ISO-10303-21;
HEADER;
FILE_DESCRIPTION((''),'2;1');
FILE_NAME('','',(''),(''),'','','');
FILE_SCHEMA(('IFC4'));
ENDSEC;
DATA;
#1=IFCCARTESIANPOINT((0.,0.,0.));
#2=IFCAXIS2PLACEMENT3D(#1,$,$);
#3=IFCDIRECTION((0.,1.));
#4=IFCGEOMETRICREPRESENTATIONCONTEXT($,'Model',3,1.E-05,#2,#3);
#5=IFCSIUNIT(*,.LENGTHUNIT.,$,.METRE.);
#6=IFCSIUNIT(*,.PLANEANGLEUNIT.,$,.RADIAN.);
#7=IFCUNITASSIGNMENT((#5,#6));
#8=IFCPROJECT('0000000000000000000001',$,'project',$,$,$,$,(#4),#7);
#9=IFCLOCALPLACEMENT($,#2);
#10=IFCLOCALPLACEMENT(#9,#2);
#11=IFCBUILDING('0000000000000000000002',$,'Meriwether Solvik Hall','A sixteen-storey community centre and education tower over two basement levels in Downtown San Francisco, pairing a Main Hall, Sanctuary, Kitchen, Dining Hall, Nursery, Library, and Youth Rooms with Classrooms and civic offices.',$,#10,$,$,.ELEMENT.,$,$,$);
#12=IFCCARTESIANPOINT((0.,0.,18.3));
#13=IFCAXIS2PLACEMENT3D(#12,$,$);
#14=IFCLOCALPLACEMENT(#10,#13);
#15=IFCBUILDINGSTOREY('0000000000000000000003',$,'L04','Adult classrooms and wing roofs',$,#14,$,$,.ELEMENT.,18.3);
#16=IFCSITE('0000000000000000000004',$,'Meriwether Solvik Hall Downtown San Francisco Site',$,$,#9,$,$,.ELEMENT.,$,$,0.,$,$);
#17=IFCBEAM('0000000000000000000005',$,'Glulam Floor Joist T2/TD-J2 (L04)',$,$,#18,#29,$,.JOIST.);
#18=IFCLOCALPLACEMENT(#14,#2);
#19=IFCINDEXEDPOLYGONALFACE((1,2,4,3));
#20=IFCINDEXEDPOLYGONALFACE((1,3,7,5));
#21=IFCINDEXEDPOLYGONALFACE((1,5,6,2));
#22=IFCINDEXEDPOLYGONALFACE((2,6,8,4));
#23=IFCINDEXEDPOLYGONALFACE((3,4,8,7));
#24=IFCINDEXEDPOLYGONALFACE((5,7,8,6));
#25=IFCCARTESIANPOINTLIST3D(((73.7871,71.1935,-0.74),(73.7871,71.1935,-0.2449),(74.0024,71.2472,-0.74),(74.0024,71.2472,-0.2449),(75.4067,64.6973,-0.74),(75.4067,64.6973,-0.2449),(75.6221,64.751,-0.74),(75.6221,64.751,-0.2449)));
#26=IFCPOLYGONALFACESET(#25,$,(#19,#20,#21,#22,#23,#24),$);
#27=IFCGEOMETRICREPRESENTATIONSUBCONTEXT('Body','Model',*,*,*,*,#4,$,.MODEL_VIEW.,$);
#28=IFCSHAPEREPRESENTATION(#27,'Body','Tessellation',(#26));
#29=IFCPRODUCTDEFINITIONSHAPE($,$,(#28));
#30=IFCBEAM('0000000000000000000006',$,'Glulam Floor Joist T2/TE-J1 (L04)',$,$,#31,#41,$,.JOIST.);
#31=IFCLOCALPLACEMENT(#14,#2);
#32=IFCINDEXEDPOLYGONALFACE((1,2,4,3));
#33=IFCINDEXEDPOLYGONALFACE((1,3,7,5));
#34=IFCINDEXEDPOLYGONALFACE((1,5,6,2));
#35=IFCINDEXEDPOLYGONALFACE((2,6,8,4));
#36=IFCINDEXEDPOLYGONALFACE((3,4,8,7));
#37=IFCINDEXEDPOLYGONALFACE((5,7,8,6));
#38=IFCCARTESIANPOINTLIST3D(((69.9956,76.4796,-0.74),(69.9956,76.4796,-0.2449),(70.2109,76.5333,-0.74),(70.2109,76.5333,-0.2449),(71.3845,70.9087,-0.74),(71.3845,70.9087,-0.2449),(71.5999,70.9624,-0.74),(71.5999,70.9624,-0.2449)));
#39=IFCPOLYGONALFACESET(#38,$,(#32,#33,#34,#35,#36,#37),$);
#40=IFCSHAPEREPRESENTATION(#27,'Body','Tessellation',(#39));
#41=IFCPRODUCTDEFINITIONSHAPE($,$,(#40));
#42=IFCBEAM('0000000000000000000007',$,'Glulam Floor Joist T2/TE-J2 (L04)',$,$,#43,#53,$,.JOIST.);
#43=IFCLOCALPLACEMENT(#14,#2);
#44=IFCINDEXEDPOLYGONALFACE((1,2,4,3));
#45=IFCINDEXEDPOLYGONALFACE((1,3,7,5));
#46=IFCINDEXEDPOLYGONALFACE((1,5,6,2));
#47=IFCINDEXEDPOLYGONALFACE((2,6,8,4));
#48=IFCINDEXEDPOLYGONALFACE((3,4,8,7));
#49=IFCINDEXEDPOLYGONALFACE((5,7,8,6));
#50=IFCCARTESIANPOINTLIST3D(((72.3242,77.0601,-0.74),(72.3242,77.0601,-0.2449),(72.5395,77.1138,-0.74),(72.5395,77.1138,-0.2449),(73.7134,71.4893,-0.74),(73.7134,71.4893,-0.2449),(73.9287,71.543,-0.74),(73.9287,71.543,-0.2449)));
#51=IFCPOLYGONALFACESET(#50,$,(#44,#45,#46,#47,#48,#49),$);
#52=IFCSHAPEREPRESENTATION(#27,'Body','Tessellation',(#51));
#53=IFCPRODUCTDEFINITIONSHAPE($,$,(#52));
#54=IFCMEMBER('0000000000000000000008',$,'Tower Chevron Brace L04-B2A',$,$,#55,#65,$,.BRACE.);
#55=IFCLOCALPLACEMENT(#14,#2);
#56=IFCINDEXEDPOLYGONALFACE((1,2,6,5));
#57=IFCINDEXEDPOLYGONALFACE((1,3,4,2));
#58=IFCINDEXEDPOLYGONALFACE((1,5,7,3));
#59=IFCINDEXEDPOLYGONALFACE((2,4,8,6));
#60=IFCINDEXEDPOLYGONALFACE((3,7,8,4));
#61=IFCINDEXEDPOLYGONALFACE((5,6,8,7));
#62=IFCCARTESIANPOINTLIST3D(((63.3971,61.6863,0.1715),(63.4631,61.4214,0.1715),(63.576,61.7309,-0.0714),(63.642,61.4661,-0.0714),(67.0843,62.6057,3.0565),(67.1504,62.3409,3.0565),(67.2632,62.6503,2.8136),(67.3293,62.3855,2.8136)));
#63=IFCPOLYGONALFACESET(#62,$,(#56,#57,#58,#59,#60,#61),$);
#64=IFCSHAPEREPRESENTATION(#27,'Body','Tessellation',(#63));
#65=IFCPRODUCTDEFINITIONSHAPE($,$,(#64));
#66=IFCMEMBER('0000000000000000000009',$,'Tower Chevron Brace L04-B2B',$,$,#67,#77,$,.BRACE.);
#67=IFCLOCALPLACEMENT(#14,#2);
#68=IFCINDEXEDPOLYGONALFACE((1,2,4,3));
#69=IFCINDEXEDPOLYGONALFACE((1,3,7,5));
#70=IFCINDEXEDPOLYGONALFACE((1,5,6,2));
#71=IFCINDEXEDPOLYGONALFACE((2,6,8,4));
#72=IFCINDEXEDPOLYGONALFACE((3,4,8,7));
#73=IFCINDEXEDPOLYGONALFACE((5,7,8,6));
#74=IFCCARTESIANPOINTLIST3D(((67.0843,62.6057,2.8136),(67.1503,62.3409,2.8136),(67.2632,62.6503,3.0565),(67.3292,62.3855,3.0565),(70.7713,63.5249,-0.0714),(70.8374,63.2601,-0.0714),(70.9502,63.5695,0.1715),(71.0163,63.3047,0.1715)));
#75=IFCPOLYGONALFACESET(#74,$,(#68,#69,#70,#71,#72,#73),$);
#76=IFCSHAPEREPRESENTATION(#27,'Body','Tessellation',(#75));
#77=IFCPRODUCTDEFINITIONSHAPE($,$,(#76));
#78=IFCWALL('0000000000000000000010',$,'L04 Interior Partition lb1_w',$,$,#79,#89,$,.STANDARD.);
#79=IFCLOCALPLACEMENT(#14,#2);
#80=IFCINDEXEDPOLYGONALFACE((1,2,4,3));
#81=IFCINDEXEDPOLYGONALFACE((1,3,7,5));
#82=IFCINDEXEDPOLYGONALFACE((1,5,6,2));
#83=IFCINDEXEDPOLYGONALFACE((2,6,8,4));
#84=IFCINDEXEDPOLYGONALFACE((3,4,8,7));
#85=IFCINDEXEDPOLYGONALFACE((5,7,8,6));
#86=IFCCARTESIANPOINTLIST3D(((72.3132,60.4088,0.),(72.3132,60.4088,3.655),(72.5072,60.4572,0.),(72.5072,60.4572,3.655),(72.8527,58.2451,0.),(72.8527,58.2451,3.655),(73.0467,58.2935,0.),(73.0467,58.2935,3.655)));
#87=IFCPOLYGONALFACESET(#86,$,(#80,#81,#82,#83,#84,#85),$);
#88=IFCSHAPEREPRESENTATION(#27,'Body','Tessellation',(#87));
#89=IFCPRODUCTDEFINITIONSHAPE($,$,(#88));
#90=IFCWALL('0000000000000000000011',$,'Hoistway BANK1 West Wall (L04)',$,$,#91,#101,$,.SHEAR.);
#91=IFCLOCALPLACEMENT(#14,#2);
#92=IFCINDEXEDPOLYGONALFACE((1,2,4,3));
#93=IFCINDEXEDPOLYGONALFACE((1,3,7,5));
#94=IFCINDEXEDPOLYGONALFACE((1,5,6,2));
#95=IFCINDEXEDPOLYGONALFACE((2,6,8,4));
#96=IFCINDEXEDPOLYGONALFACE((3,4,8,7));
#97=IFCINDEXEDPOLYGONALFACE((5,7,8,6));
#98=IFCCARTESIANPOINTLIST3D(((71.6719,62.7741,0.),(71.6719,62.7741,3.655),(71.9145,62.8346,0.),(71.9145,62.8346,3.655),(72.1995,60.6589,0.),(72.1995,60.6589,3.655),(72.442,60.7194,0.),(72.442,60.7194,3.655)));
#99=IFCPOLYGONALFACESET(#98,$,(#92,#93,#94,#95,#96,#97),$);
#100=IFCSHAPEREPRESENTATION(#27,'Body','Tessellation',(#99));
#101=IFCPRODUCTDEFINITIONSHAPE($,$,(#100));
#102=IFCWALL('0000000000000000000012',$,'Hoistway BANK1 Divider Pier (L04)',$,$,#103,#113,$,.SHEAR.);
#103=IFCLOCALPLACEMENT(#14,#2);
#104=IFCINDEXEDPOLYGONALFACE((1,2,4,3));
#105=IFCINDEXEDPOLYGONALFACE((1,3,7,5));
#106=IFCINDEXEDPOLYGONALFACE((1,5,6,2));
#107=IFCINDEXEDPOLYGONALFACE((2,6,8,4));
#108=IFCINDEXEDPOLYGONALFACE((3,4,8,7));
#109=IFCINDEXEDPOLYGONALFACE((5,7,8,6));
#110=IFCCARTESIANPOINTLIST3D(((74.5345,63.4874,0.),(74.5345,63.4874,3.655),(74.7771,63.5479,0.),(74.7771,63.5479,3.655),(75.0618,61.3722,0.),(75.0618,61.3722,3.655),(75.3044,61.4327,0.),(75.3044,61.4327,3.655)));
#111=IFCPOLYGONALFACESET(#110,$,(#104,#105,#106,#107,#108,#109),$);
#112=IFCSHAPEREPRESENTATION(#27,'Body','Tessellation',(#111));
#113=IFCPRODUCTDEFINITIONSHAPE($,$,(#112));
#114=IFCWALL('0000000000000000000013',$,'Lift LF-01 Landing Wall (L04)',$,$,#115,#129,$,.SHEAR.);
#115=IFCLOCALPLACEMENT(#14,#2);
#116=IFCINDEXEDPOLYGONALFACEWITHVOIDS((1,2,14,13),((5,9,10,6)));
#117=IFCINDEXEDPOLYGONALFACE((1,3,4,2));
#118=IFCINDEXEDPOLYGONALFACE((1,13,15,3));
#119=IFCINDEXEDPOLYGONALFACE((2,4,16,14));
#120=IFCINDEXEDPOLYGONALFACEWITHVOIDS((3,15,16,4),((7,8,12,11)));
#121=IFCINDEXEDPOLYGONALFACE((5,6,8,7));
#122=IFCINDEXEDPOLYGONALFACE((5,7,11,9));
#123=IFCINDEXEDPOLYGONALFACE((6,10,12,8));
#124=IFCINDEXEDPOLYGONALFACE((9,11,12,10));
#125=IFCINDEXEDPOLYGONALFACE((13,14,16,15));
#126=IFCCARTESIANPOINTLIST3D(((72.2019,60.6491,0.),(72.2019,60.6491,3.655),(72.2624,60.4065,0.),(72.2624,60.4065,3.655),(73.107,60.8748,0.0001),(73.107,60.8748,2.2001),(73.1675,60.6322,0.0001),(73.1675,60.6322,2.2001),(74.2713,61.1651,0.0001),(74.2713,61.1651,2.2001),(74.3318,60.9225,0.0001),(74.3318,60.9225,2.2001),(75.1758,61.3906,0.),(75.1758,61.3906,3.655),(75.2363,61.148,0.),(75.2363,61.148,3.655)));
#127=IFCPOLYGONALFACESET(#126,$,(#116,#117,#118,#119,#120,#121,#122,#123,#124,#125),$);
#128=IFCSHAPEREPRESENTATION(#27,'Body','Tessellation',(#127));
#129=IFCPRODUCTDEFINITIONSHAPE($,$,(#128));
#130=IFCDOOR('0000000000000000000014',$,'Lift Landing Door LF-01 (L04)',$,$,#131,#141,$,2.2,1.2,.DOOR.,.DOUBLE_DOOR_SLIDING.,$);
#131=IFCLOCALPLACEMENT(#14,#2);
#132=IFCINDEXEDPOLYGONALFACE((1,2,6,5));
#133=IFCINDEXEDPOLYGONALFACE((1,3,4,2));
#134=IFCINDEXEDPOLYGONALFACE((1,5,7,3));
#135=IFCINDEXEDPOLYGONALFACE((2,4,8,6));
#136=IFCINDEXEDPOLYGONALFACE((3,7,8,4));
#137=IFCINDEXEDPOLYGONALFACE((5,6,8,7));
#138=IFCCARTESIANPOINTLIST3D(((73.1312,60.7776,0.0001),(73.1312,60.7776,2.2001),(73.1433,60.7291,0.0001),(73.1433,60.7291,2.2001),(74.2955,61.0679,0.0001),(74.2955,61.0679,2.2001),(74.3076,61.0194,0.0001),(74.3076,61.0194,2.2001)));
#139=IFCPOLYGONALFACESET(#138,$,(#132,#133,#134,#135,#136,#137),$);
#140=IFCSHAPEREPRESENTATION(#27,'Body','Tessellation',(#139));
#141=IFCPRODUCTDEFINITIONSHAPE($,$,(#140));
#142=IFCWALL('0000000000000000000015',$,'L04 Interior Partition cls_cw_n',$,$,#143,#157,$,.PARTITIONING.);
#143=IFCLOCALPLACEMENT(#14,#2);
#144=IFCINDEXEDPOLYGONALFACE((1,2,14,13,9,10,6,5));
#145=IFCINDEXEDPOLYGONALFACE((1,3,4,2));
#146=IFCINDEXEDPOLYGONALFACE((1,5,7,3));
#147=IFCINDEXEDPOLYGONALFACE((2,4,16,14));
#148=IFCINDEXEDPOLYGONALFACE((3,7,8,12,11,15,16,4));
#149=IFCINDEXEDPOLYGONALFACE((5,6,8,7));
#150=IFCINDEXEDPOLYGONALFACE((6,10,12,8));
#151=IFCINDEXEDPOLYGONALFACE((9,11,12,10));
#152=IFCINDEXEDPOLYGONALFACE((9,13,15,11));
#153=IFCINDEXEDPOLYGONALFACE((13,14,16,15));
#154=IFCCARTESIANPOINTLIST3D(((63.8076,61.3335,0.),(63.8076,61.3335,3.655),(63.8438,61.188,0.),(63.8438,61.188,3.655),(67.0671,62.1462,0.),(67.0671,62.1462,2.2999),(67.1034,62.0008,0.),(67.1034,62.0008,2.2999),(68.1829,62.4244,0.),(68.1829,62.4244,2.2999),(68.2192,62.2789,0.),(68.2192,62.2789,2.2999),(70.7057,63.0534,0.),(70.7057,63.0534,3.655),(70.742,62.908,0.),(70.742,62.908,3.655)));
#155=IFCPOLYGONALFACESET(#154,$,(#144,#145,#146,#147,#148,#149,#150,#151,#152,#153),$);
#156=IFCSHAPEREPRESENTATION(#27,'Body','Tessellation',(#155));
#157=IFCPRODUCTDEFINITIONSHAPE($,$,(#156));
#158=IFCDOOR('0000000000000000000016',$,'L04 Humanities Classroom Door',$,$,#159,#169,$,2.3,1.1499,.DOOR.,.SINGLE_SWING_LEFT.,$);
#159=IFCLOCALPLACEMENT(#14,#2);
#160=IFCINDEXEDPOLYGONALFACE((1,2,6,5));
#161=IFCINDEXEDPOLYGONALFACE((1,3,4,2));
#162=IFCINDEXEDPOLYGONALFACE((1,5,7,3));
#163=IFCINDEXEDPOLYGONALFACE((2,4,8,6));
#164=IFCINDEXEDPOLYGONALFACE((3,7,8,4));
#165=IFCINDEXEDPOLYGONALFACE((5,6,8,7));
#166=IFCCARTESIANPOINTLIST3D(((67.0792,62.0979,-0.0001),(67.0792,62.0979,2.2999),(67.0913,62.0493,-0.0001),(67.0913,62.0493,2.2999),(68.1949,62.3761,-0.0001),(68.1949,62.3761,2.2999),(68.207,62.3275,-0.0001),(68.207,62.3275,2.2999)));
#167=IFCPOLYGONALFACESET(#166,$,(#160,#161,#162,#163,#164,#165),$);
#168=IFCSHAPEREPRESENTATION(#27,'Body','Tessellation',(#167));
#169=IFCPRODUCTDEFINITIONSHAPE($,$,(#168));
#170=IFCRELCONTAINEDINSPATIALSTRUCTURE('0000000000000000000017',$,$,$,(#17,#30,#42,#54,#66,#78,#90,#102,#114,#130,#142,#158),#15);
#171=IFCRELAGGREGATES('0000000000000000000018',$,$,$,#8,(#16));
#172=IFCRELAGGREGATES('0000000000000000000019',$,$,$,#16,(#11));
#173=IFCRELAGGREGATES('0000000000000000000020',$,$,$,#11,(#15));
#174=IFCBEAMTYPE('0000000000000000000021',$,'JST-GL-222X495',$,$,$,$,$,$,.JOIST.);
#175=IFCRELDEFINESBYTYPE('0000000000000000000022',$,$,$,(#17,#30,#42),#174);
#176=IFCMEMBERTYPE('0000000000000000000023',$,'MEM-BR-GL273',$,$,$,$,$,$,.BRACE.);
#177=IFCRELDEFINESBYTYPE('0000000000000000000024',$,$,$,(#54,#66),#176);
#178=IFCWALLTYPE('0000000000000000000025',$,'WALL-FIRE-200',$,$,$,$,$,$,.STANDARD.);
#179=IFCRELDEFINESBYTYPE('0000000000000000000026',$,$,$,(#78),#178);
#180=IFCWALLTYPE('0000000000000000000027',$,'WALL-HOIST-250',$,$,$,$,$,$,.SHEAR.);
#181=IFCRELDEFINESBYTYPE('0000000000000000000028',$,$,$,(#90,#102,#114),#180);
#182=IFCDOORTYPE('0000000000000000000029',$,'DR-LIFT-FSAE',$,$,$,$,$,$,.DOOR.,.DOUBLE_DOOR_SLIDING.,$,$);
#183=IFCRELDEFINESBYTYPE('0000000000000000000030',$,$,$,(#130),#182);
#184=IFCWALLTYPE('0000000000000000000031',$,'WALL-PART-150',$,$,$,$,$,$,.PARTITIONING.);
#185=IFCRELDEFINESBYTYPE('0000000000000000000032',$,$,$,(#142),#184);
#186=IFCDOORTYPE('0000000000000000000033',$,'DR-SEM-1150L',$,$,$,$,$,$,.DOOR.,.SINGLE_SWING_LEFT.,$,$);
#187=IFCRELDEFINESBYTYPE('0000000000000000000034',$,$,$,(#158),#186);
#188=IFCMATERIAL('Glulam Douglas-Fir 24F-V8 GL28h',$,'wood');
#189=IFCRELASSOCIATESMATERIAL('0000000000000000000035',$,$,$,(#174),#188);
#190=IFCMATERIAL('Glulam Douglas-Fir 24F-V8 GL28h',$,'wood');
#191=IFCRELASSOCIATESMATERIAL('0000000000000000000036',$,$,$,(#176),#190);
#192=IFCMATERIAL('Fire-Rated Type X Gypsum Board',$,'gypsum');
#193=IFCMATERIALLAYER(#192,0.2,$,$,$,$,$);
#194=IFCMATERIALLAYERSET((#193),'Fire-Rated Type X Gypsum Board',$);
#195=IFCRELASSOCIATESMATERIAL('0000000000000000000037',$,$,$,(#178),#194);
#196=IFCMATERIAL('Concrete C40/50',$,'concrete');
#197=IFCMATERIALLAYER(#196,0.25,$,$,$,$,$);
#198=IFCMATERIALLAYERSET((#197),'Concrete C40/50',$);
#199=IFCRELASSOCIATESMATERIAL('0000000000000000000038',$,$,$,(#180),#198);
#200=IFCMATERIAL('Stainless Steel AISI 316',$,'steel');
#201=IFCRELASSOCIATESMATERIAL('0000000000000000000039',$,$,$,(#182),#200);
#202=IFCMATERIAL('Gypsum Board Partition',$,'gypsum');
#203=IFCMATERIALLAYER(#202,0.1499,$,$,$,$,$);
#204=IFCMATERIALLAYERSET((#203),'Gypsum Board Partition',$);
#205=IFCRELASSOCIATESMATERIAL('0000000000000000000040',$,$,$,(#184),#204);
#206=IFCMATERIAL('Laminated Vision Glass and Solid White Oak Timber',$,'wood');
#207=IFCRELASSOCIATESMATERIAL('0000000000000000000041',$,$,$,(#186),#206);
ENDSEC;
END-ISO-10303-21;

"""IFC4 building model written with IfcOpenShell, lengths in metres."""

from ifc_helpers import new_model, si_unit, direction, frame, frame_2d, origin, origin_2d, place, context, subcontext, project, spatial, rectangle, extrude, material, layer, layer_set, material_profile, profile_set, type_object, element, fill, save


model = new_model("IFC4")

# Units and contexts
model_context = context("Model", 3, precision=1e-05, world=origin(), true_north=direction((0.0, 1.0)))
body_context = subcontext(model_context, "Body", "Model", "MODEL_VIEW")
ifc_project = project(units=[si_unit("LENGTHUNIT", "METRE"), si_unit("PLANEANGLEUNIT", "RADIAN")], contexts=[model_context])

# Site, building, storey
site_placement = place(None, origin())
site = spatial("IfcSite", under=ifc_project, at=site_placement, Name="Meriwether Solvik Hall Downtown San Francisco Site", CompositionType="ELEMENT", RefElevation=0.0)
building_placement = place(site_placement, origin())
building = spatial("IfcBuilding", under=site, at=building_placement, Name="Meriwether Solvik Hall", Description="A sixteen-storey community centre and education tower over two basement levels in Downtown San Francisco, pairing a Main Hall, Sanctuary, Kitchen, Dining Hall, Nursery, Library, and Youth Rooms with Classrooms and civic offices.", CompositionType="ELEMENT")
storey_placement = place(building_placement, frame((0.0, 0.0, 18.3)))
storey = spatial("IfcBuildingStorey", under=building, at=storey_placement, Name="L04", Description="Adult classrooms and wing roofs", CompositionType="ELEMENT", Elevation=18.3)

# Beams
ifc_material_1 = material(Name="Glulam Douglas-Fir 24F-V8 GL28h", Category="wood")
ifc_material_profile_1 = material_profile(ifc_material_1, rectangle(XDim=0.2219, YDim=0.4951, at=origin_2d()), Name="GLJ-222X495")
ifc_profile_set_1 = profile_set([ifc_material_profile_1], Name="Glulam Douglas-Fir 24F-V8 GL28h")
beam_type_1 = type_object("IfcBeamType", Name="JST-GL-222X495", PredefinedType="JOIST", material=ifc_profile_set_1)
beam_1_placement = place(storey_placement, frame((75.5144, 64.7241, -0.4924), z_axis=(-0.241918, 0.970297, 0.0), x_axis=(-0.970297, -0.241918, 0.0)))
element("IfcBeam", 1, at=beam_1_placement, inside=storey, type_object=beam_type_1, Name="Glulam Floor Joist T2/TD-J2 (L04)", PredefinedType="JOIST", context=body_context, shape_type="SweptSolid", body=[
    extrude(rectangle(XDim=0.2219, YDim=0.4951, at=origin_2d()), origin(), (0.0, 0.0, 1.0), 6.6951),
])
for number, where, z_axis, x_axis, name in (
    (2, (71.4922, 70.9355, -0.4924), (-0.241915, 0.970297, 0.0), (-0.970297, -0.241915, 0.0), "Glulam Floor Joist T2/TE-J1 (L04)"),
    (3, (73.821, 71.5161, -0.4924), (-0.241955, 0.970287, 0.0), (-0.970287, -0.241955, 0.0), "Glulam Floor Joist T2/TE-J2 (L04)"),
):
    element("IfcBeam", number, at=place(storey_placement, frame(where, z_axis=z_axis, x_axis=x_axis)), inside=storey, type_object=beam_type_1, Name=name, PredefinedType="JOIST", context=body_context, shape_type="SweptSolid", body=[
        extrude(rectangle(XDim=0.2219, YDim=0.4951, at=origin_2d()), origin(), (0.0, 0.0, 1.0), 5.7415),
    ])

# Members
ifc_material_2 = material(Name="Glulam Douglas-Fir 24F-V8 GL28h", Category="wood")
ifc_material_profile_2 = material_profile(ifc_material_2, rectangle(XDim=0.2729, YDim=0.3049, at=origin_2d()), Name="GLM-273X305")
ifc_profile_set_2 = profile_set([ifc_material_profile_2], Name="Glulam Douglas-Fir 24F-V8 GL28h")
member_type = type_object("IfcMemberType", Name="MEM-BR-GL273", PredefinedType="BRACE", material=ifc_profile_set_2)
member_1_placement = place(storey_placement, frame((63.5195, 61.5762, 0.05), z_axis=(0.772813, 0.192704, 0.60467), x_axis=(-0.241946, 0.97029, 0.0)))
element("IfcMember", 4, at=member_1_placement, inside=storey, type_object=member_type, Name="Tower Chevron Brace L04-B2A", PredefinedType="BRACE", context=body_context, shape_type="SweptSolid", body=[
    extrude(rectangle(XDim=0.2729, YDim=0.3049, at=origin_2d()), origin(), (0.0, 0.0, 1.0), 4.7712),
])
member_2_placement = place(storey_placement, frame((70.8938, 63.4148, 0.05), z_axis=(-0.7728, -0.192663, 0.6047), x_axis=(0.241901, -0.970301, 0.0)))
element("IfcMember", 5, at=member_2_placement, inside=storey, type_object=member_type, Name="Tower Chevron Brace L04-B2B", PredefinedType="BRACE", context=body_context, shape_type="SweptSolid", body=[
    extrude(rectangle(XDim=0.2729, YDim=0.3049, at=origin_2d()), origin(), (0.0, 0.0, 1.0), 4.771),
])

# Walls
ifc_material_3 = material(Name="Fire-Rated Type X Gypsum Board", Category="gypsum")
ifc_layer_1 = layer(ifc_material_3, 0.2)
ifc_layer_set_1 = layer_set([ifc_layer_1], Name="Fire-Rated Type X Gypsum Board")
wall_type_1 = type_object("IfcWallType", Name="WALL-FIRE-200", PredefinedType="STANDARD", material=ifc_layer_set_1)
wall_1_placement = place(storey_placement, frame((72.9497, 58.2693, 0.0), z_axis=(0.0, 0.0, 1.0), x_axis=(-0.241943, 0.97029, 0.0)))
element("IfcWall", 6, at=wall_1_placement, inside=storey, type_object=wall_type_1, Name="L04 Interior Partition lb1_w", PredefinedType="STANDARD", context=body_context, shape_type="SweptSolid", body=[
    extrude(rectangle(XDim=2.23, YDim=0.2, at=frame_2d((1.115, 0.0))), origin(), (0.0, 0.0, 1.0), 3.655),
])
ifc_material_4 = material(Name="Concrete C40/50", Category="concrete")
ifc_layer_2 = layer(ifc_material_4, 0.25)
ifc_layer_set_2 = layer_set([ifc_layer_2], Name="Concrete C40/50")
wall_type_2 = type_object("IfcWallType", Name="WALL-HOIST-250", PredefinedType="SHEAR", material=ifc_layer_set_2)
for number, where, z_axis, x_axis, name in (
    (7, (71.7932, 62.8042, 0.0), (0.0, 0.0, 1.0), (0.242009, -0.970274, 0.0), "Hoistway BANK1 West Wall (L04)"),
    (8, (75.1831, 61.4026, 0.0), (0.0, 0.0, 1.0), (-0.241903, 0.9703, 0.0), "Hoistway BANK1 Divider Pier (L04)"),
):
    element("IfcWall", number, at=place(storey_placement, frame(where, z_axis=z_axis, x_axis=x_axis)), inside=storey, type_object=wall_type_2, Name=name, PredefinedType="SHEAR", context=body_context, shape_type="SweptSolid", body=[
        extrude(rectangle(XDim=2.1799, YDim=0.25, at=frame_2d((1.0898, 0.0))), origin(), (0.0, 0.0, 1.0), 3.655),
    ])

# Walls, openings, doors
wall_2_placement = place(storey_placement, frame((72.2322, 60.5278, 0.0), z_axis=(0.0, 0.0, 1.0), x_axis=(0.970297, 0.241917, 0.0)))
wall_2 = element("IfcWall", 9, at=wall_2_placement, inside=storey, type_object=wall_type_2, Name="Lift LF-01 Landing Wall (L04)", PredefinedType="SHEAR", context=body_context, shape_type="SweptSolid", body=[
    extrude(rectangle(XDim=3.0649, YDim=0.25, at=frame_2d((1.5325, 0.0))), origin(), (0.0, 0.0, 1.0), 3.655),
])
opening_1_placement = place(wall_2_placement, frame((0.9326, 0.0, 0.0)))
opening_1 = element("IfcOpeningElement", 10, at=opening_1_placement, cuts=wall_2, PredefinedType="OPENING", context=body_context, shape_type="SweptSolid", body=[
    extrude(rectangle(XDim=1.2, YDim=2.2, at=frame_2d((0.6001, 1.1001))), frame((0.0, 0.137, 0.0), z_axis=(0.0, -1.0, 0.0), x_axis=(1.0, 0.0, 0.0)), (0.0, 0.0, 1.0), 0.2739),
])
ifc_material_5 = material(Name="Stainless Steel AISI 316", Category="steel")
door_type_1 = type_object("IfcDoorType", Name="DR-LIFT-FSAE", OperationType="DOUBLE_DOOR_SLIDING", PredefinedType="DOOR", material=ifc_material_5)
door_1_placement = place(opening_1_placement, origin())
door_1 = element("IfcDoor", 11, at=door_1_placement, inside=storey, type_object=door_type_1, Name="Lift Landing Door LF-01 (L04)", OperationType="DOUBLE_DOOR_SLIDING", OverallHeight=2.2, OverallWidth=1.2, PredefinedType="DOOR", context=body_context, shape_type="SweptSolid", body=[
    extrude(rectangle(XDim=1.2, YDim=2.2, at=frame_2d((0.6001, 1.1001))), frame((0.0, 0.0249, 0.0), z_axis=(0.0, -1.0, 0.0), x_axis=(1.0, 0.0, 0.0)), (0.0, 0.0, 1.0), 0.05),
])
fill(opening_1, door_1)
ifc_material_6 = material(Name="Gypsum Board Partition", Category="gypsum")
ifc_layer_3 = layer(ifc_material_6, 0.1499)
ifc_layer_set_3 = layer_set([ifc_layer_3], Name="Gypsum Board Partition")
wall_type_3 = type_object("IfcWallType", Name="WALL-PART-150", PredefinedType="PARTITIONING", material=ifc_layer_set_3)
wall_3_placement = place(storey_placement, frame((70.7239, 62.9807, 0.0), z_axis=(0.0, 0.0, 1.0), x_axis=(-0.970294, -0.24193, 0.0)))
wall_3 = element("IfcWall", 12, at=wall_3_placement, inside=storey, type_object=wall_type_3, Name="L04 Interior Partition cls_cw_n", PredefinedType="PARTITIONING", context=body_context, shape_type="SweptSolid", body=[
    extrude(rectangle(XDim=7.1094, YDim=0.1499, at=frame_2d((3.5547, 0.0))), origin(), (0.0, 0.0, 1.0), 3.655),
])
opening_2_placement = place(wall_3_placement, frame((2.6001, 0.0, 0.0)))
opening_2 = element("IfcOpeningElement", 13, at=opening_2_placement, cuts=wall_3, PredefinedType="OPENING", context=body_context, shape_type="SweptSolid", body=[
    extrude(rectangle(XDim=1.1499, YDim=2.3, at=frame_2d((0.575, 1.1499))), frame((0.0, 0.0869, 0.0), z_axis=(0.0, -1.0, 0.0), x_axis=(1.0, 0.0, 0.0)), (0.0, 0.0, 1.0), 0.1738),
])
ifc_material_7 = material(Name="Laminated Vision Glass and Solid White Oak Timber", Category="wood")
door_type_2 = type_object("IfcDoorType", Name="DR-SEM-1150L", OperationType="SINGLE_SWING_LEFT", PredefinedType="DOOR", material=ifc_material_7)
door_2_placement = place(opening_2_placement, origin())
door_2 = element("IfcDoor", 14, at=door_2_placement, inside=storey, type_object=door_type_2, Name="L04 Humanities Classroom Door", OperationType="SINGLE_SWING_LEFT", OverallHeight=2.3, OverallWidth=1.1499, PredefinedType="DOOR", context=body_context, shape_type="SweptSolid", body=[
    extrude(rectangle(XDim=1.1499, YDim=2.3, at=frame_2d((0.575, 1.1499))), frame((0.0, 0.0249, 0.0), z_axis=(0.0, -1.0, 0.0), x_axis=(1.0, 0.0, 0.0)), (0.0, 0.0, 1.0), 0.05),
])
fill(opening_2, door_2)

save(model, "model.ifc")
